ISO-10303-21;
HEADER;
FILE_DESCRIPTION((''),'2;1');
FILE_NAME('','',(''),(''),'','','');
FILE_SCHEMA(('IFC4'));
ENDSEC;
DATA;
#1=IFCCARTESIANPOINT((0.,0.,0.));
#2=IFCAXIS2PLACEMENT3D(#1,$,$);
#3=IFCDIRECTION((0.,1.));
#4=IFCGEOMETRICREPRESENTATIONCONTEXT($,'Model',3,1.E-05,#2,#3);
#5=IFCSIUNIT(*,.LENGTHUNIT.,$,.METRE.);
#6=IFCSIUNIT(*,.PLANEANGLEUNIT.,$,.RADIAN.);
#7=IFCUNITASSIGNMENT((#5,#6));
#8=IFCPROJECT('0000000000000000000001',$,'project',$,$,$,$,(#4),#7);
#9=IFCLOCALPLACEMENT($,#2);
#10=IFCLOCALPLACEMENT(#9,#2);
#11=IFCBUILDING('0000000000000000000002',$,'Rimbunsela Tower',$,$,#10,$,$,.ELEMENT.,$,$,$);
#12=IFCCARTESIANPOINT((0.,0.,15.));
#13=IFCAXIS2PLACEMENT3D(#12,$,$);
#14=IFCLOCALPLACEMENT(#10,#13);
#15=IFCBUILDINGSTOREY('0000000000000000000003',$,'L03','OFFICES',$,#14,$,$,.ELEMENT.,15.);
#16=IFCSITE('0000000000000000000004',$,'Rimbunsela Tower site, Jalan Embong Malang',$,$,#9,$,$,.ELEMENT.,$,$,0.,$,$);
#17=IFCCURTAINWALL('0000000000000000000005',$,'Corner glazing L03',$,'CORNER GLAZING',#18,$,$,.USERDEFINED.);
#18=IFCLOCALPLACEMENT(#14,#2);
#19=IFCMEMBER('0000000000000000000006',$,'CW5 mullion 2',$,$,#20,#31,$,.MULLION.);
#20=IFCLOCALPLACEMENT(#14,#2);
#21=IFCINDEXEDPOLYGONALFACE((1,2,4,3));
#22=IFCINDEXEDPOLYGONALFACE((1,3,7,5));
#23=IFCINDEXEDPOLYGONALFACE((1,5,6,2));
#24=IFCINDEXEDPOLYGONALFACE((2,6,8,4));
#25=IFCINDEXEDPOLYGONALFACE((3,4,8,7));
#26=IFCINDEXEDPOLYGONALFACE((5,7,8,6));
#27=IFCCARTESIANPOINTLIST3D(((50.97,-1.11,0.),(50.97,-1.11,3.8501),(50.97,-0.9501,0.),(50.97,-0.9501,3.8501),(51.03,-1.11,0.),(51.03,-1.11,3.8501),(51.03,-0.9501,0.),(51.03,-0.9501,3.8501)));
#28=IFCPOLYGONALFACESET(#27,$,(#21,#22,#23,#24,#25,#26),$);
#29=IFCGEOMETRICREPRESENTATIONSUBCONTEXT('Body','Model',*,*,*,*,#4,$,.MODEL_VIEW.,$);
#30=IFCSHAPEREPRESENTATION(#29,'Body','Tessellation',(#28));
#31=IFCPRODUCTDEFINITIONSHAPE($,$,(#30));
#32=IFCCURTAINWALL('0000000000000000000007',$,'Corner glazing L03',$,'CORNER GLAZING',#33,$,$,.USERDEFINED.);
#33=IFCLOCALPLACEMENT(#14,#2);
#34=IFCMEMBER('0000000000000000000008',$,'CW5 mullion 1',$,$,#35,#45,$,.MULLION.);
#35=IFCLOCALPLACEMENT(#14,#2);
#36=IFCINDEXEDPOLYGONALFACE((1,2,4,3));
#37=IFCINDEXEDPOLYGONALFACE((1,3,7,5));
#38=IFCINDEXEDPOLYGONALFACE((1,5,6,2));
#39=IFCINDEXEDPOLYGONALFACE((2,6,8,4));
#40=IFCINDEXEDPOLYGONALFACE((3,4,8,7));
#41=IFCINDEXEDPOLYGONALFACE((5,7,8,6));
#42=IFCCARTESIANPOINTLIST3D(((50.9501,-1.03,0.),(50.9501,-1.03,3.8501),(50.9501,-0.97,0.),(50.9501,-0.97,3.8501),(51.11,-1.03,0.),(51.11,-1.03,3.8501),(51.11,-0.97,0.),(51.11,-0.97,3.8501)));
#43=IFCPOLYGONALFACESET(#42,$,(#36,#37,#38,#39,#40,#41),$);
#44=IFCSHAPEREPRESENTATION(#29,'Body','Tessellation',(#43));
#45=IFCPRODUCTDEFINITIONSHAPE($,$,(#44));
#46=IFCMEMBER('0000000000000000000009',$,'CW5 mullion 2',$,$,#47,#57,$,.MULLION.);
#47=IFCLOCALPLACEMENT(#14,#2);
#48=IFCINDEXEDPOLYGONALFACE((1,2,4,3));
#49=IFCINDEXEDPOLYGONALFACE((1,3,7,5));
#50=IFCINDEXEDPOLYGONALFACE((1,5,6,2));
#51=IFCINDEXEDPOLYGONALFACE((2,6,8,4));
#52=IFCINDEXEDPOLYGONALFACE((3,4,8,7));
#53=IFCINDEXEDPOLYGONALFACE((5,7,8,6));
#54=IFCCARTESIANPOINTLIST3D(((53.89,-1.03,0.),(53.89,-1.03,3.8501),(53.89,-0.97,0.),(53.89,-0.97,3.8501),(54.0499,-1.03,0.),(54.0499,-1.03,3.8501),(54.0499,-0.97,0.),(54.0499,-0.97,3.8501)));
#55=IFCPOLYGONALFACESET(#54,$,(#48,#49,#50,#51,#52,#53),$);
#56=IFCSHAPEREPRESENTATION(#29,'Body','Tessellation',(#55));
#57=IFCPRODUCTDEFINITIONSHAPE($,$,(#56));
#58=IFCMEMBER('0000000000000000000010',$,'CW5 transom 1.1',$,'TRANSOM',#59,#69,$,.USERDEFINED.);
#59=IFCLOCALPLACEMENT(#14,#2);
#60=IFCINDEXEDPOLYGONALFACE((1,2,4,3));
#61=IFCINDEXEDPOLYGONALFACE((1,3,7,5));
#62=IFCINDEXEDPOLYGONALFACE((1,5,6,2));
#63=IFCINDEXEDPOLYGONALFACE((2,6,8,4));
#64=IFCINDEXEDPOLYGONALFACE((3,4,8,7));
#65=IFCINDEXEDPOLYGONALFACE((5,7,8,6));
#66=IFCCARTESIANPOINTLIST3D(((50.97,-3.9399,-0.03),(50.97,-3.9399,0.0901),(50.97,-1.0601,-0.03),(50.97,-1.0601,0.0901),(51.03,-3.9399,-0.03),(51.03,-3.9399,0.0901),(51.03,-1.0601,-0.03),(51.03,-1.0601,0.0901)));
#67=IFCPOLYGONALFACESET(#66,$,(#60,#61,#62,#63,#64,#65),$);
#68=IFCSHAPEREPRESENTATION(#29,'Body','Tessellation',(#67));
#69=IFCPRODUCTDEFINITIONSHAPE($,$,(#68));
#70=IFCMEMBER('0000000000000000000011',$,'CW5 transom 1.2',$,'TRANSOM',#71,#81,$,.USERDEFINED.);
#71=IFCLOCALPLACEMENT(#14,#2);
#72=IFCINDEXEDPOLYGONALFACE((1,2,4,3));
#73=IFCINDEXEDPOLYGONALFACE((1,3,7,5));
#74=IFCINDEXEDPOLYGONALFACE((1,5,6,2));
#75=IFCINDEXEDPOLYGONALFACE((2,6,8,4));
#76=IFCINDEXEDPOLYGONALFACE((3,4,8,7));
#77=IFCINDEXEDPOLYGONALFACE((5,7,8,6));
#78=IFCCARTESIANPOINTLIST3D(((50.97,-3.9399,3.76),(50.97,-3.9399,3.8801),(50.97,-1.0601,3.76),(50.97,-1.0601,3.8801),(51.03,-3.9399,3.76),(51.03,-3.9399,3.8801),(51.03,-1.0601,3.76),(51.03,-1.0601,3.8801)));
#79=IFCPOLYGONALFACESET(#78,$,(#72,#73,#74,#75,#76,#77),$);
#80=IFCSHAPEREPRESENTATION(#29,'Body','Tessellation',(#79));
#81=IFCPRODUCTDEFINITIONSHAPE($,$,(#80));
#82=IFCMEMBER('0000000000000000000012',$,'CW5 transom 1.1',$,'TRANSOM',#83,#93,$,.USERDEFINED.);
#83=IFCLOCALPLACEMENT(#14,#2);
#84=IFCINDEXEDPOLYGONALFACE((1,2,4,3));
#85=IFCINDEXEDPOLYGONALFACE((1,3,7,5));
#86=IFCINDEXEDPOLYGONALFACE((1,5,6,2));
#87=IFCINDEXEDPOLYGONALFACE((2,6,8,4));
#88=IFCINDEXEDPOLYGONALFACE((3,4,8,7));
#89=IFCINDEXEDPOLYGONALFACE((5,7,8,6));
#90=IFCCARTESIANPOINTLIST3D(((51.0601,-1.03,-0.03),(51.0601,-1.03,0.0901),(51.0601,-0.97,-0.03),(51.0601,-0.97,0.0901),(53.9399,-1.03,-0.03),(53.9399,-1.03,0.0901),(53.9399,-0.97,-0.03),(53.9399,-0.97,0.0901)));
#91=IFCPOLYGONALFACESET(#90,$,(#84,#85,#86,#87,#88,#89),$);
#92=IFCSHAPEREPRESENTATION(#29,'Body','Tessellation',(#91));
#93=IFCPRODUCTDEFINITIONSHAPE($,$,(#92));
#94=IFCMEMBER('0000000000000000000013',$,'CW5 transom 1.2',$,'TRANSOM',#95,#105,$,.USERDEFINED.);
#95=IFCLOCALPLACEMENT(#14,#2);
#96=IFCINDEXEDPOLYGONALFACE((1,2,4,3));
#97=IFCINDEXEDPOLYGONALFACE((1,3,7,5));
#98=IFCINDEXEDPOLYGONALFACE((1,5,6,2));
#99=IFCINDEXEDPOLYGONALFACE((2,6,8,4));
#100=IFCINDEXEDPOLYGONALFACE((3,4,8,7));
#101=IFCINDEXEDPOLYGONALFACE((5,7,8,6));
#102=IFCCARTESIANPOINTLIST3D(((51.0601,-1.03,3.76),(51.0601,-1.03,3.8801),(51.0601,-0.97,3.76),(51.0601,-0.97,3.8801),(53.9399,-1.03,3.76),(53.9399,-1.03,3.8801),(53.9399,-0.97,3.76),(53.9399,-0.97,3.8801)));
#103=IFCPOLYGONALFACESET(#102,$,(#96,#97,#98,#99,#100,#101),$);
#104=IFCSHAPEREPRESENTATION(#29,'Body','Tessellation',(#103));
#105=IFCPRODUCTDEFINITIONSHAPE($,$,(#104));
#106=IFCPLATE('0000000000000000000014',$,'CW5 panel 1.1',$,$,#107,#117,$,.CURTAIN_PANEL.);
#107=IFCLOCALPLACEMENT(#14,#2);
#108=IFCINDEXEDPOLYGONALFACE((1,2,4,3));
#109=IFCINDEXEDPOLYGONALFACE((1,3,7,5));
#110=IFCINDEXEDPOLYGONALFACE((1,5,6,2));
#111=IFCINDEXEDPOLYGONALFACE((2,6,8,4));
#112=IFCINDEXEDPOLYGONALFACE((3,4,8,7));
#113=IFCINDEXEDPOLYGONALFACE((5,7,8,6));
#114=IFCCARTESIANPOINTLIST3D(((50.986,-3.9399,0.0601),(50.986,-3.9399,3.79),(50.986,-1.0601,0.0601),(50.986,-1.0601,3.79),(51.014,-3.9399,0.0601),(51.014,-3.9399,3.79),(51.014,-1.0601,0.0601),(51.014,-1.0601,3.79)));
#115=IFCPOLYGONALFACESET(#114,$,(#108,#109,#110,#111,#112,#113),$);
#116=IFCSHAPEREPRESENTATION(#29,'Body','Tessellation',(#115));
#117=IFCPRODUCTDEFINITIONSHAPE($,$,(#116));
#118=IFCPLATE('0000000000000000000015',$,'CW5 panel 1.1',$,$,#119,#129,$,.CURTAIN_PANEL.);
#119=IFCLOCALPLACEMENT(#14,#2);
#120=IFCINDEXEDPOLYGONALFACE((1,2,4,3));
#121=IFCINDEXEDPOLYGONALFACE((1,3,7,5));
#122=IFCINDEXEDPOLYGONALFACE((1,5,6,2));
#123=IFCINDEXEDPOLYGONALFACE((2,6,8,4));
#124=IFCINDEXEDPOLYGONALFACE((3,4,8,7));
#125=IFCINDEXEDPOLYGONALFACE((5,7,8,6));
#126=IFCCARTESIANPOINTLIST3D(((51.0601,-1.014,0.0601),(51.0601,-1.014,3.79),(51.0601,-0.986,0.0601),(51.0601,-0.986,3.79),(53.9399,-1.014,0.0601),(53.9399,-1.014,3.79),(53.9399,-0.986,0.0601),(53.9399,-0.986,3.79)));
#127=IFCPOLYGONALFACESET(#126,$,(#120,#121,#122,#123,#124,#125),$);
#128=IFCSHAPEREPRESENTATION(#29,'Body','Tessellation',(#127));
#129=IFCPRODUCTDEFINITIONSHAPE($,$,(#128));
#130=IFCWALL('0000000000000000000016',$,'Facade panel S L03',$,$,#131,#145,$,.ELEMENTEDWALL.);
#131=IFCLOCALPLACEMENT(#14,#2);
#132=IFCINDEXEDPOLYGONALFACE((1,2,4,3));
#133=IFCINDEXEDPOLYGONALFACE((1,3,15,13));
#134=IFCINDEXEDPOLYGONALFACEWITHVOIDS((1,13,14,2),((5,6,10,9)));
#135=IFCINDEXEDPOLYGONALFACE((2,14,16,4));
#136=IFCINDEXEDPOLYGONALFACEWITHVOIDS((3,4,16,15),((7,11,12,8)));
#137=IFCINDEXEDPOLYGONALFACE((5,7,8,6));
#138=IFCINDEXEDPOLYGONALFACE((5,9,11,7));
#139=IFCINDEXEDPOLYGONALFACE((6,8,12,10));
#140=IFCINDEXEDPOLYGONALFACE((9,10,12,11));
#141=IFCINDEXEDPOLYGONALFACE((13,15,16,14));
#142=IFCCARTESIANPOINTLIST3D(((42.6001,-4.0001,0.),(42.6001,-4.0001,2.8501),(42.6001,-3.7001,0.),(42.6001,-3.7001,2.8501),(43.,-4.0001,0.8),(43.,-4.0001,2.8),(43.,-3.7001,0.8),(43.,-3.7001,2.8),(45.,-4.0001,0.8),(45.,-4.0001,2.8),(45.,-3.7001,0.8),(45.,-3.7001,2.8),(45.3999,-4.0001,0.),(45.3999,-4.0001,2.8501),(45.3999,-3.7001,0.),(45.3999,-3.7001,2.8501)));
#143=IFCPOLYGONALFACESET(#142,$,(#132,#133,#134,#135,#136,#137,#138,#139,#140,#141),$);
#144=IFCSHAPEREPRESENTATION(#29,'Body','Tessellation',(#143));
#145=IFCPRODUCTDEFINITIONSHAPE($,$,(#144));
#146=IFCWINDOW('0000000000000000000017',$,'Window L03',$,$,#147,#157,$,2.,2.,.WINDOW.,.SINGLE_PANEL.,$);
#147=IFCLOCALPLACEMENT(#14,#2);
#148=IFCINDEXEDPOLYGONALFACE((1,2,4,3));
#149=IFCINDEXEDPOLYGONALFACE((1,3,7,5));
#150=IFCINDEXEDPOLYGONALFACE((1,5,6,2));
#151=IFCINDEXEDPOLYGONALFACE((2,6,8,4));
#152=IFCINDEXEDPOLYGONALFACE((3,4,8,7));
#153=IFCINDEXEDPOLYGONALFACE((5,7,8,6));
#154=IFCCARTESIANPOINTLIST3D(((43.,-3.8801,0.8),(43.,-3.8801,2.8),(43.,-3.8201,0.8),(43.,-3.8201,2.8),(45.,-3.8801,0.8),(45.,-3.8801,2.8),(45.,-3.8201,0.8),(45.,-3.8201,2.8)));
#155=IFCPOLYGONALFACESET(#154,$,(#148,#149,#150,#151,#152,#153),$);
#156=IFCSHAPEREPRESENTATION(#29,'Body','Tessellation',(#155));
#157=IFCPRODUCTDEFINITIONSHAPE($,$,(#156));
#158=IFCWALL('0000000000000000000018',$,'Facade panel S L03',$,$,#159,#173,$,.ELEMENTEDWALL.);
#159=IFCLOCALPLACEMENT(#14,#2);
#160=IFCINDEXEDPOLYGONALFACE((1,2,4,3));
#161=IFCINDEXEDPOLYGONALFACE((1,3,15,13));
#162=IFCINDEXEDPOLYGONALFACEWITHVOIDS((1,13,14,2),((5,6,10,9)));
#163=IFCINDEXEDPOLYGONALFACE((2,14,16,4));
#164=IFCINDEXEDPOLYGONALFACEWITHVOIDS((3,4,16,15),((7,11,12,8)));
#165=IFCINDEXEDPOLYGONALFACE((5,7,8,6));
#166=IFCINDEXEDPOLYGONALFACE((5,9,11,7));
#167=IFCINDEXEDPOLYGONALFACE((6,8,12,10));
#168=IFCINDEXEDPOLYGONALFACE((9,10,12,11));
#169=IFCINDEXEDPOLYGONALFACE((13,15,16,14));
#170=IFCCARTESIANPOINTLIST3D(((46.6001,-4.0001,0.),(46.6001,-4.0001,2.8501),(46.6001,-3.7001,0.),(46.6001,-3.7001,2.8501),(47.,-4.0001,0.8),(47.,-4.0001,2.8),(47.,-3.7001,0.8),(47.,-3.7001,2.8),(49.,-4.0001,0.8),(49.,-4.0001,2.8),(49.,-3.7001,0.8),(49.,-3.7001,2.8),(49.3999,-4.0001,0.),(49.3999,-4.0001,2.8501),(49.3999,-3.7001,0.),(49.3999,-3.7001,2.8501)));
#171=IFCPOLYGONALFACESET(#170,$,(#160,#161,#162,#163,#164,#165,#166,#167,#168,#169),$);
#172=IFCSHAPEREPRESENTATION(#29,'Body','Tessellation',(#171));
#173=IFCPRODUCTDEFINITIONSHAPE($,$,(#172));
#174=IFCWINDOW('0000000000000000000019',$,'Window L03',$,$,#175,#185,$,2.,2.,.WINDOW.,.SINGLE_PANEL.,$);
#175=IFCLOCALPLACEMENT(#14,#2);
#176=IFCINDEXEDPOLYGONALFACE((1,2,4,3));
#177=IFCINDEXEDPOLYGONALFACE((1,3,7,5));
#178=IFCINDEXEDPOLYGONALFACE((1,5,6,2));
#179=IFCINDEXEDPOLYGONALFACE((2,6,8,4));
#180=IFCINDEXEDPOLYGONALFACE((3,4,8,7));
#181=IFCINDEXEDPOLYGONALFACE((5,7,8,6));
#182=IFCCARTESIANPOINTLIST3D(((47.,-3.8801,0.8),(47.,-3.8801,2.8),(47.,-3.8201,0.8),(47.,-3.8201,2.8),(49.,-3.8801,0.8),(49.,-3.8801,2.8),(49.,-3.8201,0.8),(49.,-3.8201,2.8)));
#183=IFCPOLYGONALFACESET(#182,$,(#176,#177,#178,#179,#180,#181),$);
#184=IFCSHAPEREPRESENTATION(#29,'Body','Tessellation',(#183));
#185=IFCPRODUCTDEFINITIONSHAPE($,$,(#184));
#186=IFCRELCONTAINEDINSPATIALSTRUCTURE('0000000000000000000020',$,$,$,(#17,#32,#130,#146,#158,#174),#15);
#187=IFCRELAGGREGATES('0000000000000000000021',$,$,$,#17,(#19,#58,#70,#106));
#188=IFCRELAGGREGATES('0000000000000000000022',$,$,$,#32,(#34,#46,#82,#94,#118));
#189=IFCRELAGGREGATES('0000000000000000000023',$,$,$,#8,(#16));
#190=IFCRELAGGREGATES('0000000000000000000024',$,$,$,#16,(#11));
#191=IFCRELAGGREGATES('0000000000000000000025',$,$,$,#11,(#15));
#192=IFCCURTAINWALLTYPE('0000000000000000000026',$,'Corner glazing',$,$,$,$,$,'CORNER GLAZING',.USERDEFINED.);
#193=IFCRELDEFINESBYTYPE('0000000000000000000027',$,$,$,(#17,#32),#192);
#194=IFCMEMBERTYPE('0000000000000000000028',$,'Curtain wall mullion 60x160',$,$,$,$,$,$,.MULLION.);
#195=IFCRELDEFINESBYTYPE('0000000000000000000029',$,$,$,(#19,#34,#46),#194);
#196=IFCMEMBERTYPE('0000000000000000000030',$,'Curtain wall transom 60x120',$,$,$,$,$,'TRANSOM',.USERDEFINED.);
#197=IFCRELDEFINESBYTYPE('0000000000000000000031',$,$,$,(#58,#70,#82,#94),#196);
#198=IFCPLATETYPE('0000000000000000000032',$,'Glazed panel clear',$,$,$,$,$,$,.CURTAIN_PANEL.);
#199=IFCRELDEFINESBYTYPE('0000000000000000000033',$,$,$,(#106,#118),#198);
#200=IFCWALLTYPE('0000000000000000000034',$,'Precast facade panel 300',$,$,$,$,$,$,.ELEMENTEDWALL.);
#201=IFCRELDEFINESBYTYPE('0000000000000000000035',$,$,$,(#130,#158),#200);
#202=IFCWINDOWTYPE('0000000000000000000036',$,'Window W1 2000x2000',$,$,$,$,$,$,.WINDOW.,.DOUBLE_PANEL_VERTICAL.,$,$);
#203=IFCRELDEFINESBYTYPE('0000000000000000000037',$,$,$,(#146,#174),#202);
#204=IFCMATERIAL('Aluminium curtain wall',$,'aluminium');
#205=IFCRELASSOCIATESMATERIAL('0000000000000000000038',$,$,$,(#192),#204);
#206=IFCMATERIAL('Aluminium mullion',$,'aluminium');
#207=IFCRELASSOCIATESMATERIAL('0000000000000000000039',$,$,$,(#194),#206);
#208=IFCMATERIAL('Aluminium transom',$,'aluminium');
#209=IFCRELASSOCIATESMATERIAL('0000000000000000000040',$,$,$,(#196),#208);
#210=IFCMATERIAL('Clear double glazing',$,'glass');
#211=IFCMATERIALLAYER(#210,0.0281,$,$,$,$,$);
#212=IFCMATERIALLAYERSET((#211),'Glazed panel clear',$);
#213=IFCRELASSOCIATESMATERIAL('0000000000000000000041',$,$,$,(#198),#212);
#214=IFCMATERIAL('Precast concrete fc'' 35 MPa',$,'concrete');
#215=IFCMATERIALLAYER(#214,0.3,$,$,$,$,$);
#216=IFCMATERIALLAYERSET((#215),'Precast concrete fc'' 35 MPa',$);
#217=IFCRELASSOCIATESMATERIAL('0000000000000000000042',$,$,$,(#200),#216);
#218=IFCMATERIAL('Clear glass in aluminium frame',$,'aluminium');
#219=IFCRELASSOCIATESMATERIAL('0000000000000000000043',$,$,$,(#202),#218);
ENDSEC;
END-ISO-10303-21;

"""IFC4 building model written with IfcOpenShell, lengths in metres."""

from ifc_helpers import new_model, si_unit, direction, frame, frame_2d, origin, origin_2d, place, context, subcontext, project, spatial, rectangle, extrude, material, layer, layer_set, material_profile, profile_set, type_object, element, fill, aggregate, save


model = new_model("IFC4")

# Units and contexts
model_context = context("Model", 3, precision=1e-05, world=origin(), true_north=direction((0.0, 1.0)))
body_context = subcontext(model_context, "Body", "Model", "MODEL_VIEW")
ifc_project = project(units=[si_unit("LENGTHUNIT", "METRE"), si_unit("PLANEANGLEUNIT", "RADIAN")], contexts=[model_context])

# Site, building, storey
site_placement = place(None, origin())
site = spatial("IfcSite", under=ifc_project, at=site_placement, Name="Rimbunsela Tower site, Jalan Embong Malang", CompositionType="ELEMENT", RefElevation=0.0)
building_placement = place(site_placement, origin())
building = spatial("IfcBuilding", under=site, at=building_placement, Name="Rimbunsela Tower", CompositionType="ELEMENT")
storey_placement = place(building_placement, frame((0.0, 0.0, 15.0)))
storey = spatial("IfcBuildingStorey", under=building, at=storey_placement, Name="L03", Description="OFFICES", CompositionType="ELEMENT", Elevation=15.0)

# Curtain walls, members
ifc_material_1 = material(Name="Aluminium curtain wall", Category="aluminium")
curtain_wall_type = type_object("IfcCurtainWallType", Name="Corner glazing", ElementType="CORNER GLAZING", PredefinedType="USERDEFINED", material=ifc_material_1)
curtain_wall_1_placement = place(storey_placement, origin())
curtain_wall_1 = element("IfcCurtainWall", 1, at=curtain_wall_1_placement, inside=storey, type_object=curtain_wall_type, Name="Corner glazing L03", ObjectType="CORNER GLAZING", PredefinedType="USERDEFINED")
ifc_material_2 = material(Name="Aluminium mullion", Category="aluminium")
ifc_material_profile_1 = material_profile(ifc_material_2, rectangle(XDim=0.0601, YDim=0.1599, at=origin_2d()), Name="Mullion 60x160")
ifc_profile_set_1 = profile_set([ifc_material_profile_1], Name="Aluminium mullion")
member_type_1 = type_object("IfcMemberType", Name="Curtain wall mullion 60x160", PredefinedType="MULLION", material=ifc_profile_set_1)
member_1_placement = place(storey_placement, frame((51.0, -1.03, 0.0), z_axis=(0.0, 0.0, 1.0), x_axis=(-1.0, 0.0, 0.0)))
member_1 = element("IfcMember", 2, at=member_1_placement, type_object=member_type_1, Name="CW5 mullion 2", PredefinedType="MULLION", context=body_context, shape_type="SweptSolid", body=[
    extrude(rectangle(XDim=0.0601, YDim=0.1599, at=origin_2d()), origin(), (0.0, 0.0, 1.0), 3.8501),
])
curtain_wall_2_placement = place(storey_placement, origin())
curtain_wall_2 = element("IfcCurtainWall", 3, at=curtain_wall_2_placement, inside=storey, type_object=curtain_wall_type, Name="Corner glazing L03", ObjectType="CORNER GLAZING", PredefinedType="USERDEFINED")
member_2_placement = place(storey_placement, frame((51.03, -1.0, 0.0), z_axis=(0.0, 0.0, 1.0), x_axis=(0.0, 1.0, 0.0)))
member_2 = element("IfcMember", 4, at=member_2_placement, type_object=member_type_1, Name="CW5 mullion 1", PredefinedType="MULLION", context=body_context, shape_type="SweptSolid", body=[
    extrude(rectangle(XDim=0.0601, YDim=0.1599, at=origin_2d()), origin(), (0.0, 0.0, 1.0), 3.8501),
])
member_3_placement = place(storey_placement, frame((53.97, -1.0, 0.0), z_axis=(0.0, 0.0, 1.0), x_axis=(0.0, 1.0, 0.0)))
member_3 = element("IfcMember", 5, at=member_3_placement, type_object=member_type_1, Name="CW5 mullion 2", PredefinedType="MULLION", context=body_context, shape_type="SweptSolid", body=[
    extrude(rectangle(XDim=0.0601, YDim=0.1599, at=origin_2d()), origin(), (0.0, 0.0, 1.0), 3.8501),
])

# Members
ifc_material_3 = material(Name="Aluminium transom", Category="aluminium")
ifc_material_profile_2 = material_profile(ifc_material_3, rectangle(XDim=0.0601, YDim=0.1201, at=origin_2d()), Name="Transom 60x120")
ifc_profile_set_2 = profile_set([ifc_material_profile_2], Name="Aluminium transom")
member_type_2 = type_object("IfcMemberType", Name="Curtain wall transom 60x120", ElementType="TRANSOM", PredefinedType="USERDEFINED", material=ifc_profile_set_2)
member_4_placement = place(storey_placement, frame((51.0, -3.9399, 0.03), z_axis=(0.0, 1.0, 0.0), x_axis=(-1.0, 0.0, 0.0)))
member_4 = element("IfcMember", 6, at=member_4_placement, type_object=member_type_2, Name="CW5 transom 1.1", ObjectType="TRANSOM", PredefinedType="USERDEFINED", context=body_context, shape_type="SweptSolid", body=[
    extrude(rectangle(XDim=0.0601, YDim=0.1201, at=origin_2d()), origin(), (0.0, 0.0, 1.0), 2.8799),
])
member_5_placement = place(storey_placement, frame((51.0, -3.9399, 3.8201), z_axis=(0.0, 1.0, 0.0), x_axis=(-1.0, 0.0, 0.0)))
member_5 = element("IfcMember", 7, at=member_5_placement, type_object=member_type_2, Name="CW5 transom 1.2", ObjectType="TRANSOM", PredefinedType="USERDEFINED", context=body_context, shape_type="SweptSolid", body=[
    extrude(rectangle(XDim=0.0601, YDim=0.1201, at=origin_2d()), origin(), (0.0, 0.0, 1.0), 2.8799),
])
member_6_placement = place(storey_placement, frame((51.0601, -1.0, 0.03), z_axis=(1.0, 0.0, 0.0), x_axis=(0.0, 1.0, 0.0)))
member_6 = element("IfcMember", 8, at=member_6_placement, type_object=member_type_2, Name="CW5 transom 1.1", ObjectType="TRANSOM", PredefinedType="USERDEFINED", context=body_context, shape_type="SweptSolid", body=[
    extrude(rectangle(XDim=0.0601, YDim=0.1201, at=origin_2d()), origin(), (0.0, 0.0, 1.0), 2.8799),
])
member_7_placement = place(storey_placement, frame((51.0601, -1.0, 3.8201), z_axis=(1.0, 0.0, 0.0), x_axis=(0.0, 1.0, 0.0)))
member_7 = element("IfcMember", 9, at=member_7_placement, type_object=member_type_2, Name="CW5 transom 1.2", ObjectType="TRANSOM", PredefinedType="USERDEFINED", context=body_context, shape_type="SweptSolid", body=[
    extrude(rectangle(XDim=0.0601, YDim=0.1201, at=origin_2d()), origin(), (0.0, 0.0, 1.0), 2.8799),
])

# Plates
ifc_material_4 = material(Name="Clear double glazing", Category="glass")
ifc_layer_1 = layer(ifc_material_4, 0.0281)
ifc_layer_set_1 = layer_set([ifc_layer_1], Name="Glazed panel clear")
plate_type = type_object("IfcPlateType", Name="Glazed panel clear", PredefinedType="CURTAIN_PANEL", material=ifc_layer_set_1)
plate_1_placement = place(storey_placement, frame((51.0, -2.5, 0.0601), z_axis=(0.0, 0.0, 1.0), x_axis=(0.0, 1.0, 0.0)))
plate_1 = element("IfcPlate", 10, at=plate_1_placement, type_object=plate_type, Name="CW5 panel 1.1", PredefinedType="CURTAIN_PANEL", context=body_context, shape_type="SweptSolid", body=[
    extrude(rectangle(XDim=2.8799, YDim=0.0281, at=origin_2d()), origin(), (0.0, 0.0, 1.0), 3.73),
])
aggregate(curtain_wall_1, [member_1, member_4, member_5, plate_1])
plate_2_placement = place(storey_placement, frame((52.5, -1.0, 0.0601), z_axis=(0.0, 0.0, 1.0), x_axis=(1.0, 0.0, 0.0)))
plate_2 = element("IfcPlate", 11, at=plate_2_placement, type_object=plate_type, Name="CW5 panel 1.1", PredefinedType="CURTAIN_PANEL", context=body_context, shape_type="SweptSolid", body=[
    extrude(rectangle(XDim=2.8799, YDim=0.0281, at=origin_2d()), origin(), (0.0, 0.0, 1.0), 3.73),
])
aggregate(curtain_wall_2, [member_2, member_3, member_6, member_7, plate_2])

# Walls, openings, windows
ifc_material_5 = material(Name="Precast concrete fc' 35 MPa", Category="concrete")
ifc_layer_2 = layer(ifc_material_5, 0.3)
ifc_layer_set_2 = layer_set([ifc_layer_2], Name="Precast concrete fc' 35 MPa")
wall_type = type_object("IfcWallType", Name="Precast facade panel 300", PredefinedType="ELEMENTEDWALL", material=ifc_layer_set_2)
wall_1_placement = place(storey_placement, frame((42.6001, -3.8501, 0.0), z_axis=(0.0, 0.0, 1.0), x_axis=(1.0, 0.0, 0.0)))
wall_1 = element("IfcWall", 12, at=wall_1_placement, inside=storey, type_object=wall_type, Name="Facade panel S L03", PredefinedType="ELEMENTEDWALL", context=body_context, shape_type="SweptSolid", body=[
    extrude(rectangle(XDim=2.7998, YDim=0.3, at=frame_2d((1.3999, 0.0))), origin(), (0.0, 0.0, 1.0), 2.8501),
])
opening_1_placement = place(wall_1_placement, frame((0.3999, 0.0, 0.8)))
opening_1 = element("IfcOpeningElement", 13, at=opening_1_placement, cuts=wall_1, PredefinedType="OPENING", context=body_context, shape_type="SweptSolid", body=[
    extrude(rectangle(XDim=2.0, YDim=2.0, at=frame_2d((1.0, 1.0))), frame((0.0, 0.1599, 0.0), z_axis=(0.0, -1.0, 0.0), x_axis=(1.0, 0.0, 0.0)), (0.0, 0.0, 1.0), 0.3201),
])
ifc_material_6 = material(Name="Clear glass in aluminium frame", Category="aluminium")
window_type = type_object("IfcWindowType", Name="Window W1 2000x2000", PartitioningType="DOUBLE_PANEL_VERTICAL", PredefinedType="WINDOW", material=ifc_material_6)
window_1_placement = place(opening_1_placement, origin())
window_1 = element("IfcWindow", 14, at=window_1_placement, inside=storey, type_object=window_type, Name="Window L03", OverallHeight=2.0, OverallWidth=2.0, PartitioningType="SINGLE_PANEL", PredefinedType="WINDOW", context=body_context, shape_type="SweptSolid", body=[
    extrude(rectangle(XDim=2.0, YDim=2.0, at=frame_2d((1.0, 1.0))), frame((0.0, 0.03, 0.0), z_axis=(0.0, -1.0, 0.0), x_axis=(1.0, 0.0, 0.0)), (0.0, 0.0, 1.0), 0.0601),
])
fill(opening_1, window_1)
wall_2_placement = place(storey_placement, frame((46.6001, -3.8501, 0.0), z_axis=(0.0, 0.0, 1.0), x_axis=(1.0, 0.0, 0.0)))
wall_2 = element("IfcWall", 15, at=wall_2_placement, inside=storey, type_object=wall_type, Name="Facade panel S L03", PredefinedType="ELEMENTEDWALL", context=body_context, shape_type="SweptSolid", body=[
    extrude(rectangle(XDim=2.7998, YDim=0.3, at=frame_2d((1.3999, 0.0))), origin(), (0.0, 0.0, 1.0), 2.8501),
])
opening_2_placement = place(wall_2_placement, frame((0.3999, 0.0, 0.8)))
opening_2 = element("IfcOpeningElement", 16, at=opening_2_placement, cuts=wall_2, PredefinedType="OPENING", context=body_context, shape_type="SweptSolid", body=[
    extrude(rectangle(XDim=2.0, YDim=2.0, at=frame_2d((1.0, 1.0))), frame((0.0, 0.1599, 0.0), z_axis=(0.0, -1.0, 0.0), x_axis=(1.0, 0.0, 0.0)), (0.0, 0.0, 1.0), 0.3201),
])
window_2_placement = place(opening_2_placement, origin())
window_2 = element("IfcWindow", 17, at=window_2_placement, inside=storey, type_object=window_type, Name="Window L03", OverallHeight=2.0, OverallWidth=2.0, PartitioningType="SINGLE_PANEL", PredefinedType="WINDOW", context=body_context, shape_type="SweptSolid", body=[
    extrude(rectangle(XDim=2.0, YDim=2.0, at=frame_2d((1.0, 1.0))), frame((0.0, 0.03, 0.0), z_axis=(0.0, -1.0, 0.0), x_axis=(1.0, 0.0, 0.0)), (0.0, 0.0, 1.0), 0.0601),
])
fill(opening_2, window_2)

save(model, "model.ifc")
